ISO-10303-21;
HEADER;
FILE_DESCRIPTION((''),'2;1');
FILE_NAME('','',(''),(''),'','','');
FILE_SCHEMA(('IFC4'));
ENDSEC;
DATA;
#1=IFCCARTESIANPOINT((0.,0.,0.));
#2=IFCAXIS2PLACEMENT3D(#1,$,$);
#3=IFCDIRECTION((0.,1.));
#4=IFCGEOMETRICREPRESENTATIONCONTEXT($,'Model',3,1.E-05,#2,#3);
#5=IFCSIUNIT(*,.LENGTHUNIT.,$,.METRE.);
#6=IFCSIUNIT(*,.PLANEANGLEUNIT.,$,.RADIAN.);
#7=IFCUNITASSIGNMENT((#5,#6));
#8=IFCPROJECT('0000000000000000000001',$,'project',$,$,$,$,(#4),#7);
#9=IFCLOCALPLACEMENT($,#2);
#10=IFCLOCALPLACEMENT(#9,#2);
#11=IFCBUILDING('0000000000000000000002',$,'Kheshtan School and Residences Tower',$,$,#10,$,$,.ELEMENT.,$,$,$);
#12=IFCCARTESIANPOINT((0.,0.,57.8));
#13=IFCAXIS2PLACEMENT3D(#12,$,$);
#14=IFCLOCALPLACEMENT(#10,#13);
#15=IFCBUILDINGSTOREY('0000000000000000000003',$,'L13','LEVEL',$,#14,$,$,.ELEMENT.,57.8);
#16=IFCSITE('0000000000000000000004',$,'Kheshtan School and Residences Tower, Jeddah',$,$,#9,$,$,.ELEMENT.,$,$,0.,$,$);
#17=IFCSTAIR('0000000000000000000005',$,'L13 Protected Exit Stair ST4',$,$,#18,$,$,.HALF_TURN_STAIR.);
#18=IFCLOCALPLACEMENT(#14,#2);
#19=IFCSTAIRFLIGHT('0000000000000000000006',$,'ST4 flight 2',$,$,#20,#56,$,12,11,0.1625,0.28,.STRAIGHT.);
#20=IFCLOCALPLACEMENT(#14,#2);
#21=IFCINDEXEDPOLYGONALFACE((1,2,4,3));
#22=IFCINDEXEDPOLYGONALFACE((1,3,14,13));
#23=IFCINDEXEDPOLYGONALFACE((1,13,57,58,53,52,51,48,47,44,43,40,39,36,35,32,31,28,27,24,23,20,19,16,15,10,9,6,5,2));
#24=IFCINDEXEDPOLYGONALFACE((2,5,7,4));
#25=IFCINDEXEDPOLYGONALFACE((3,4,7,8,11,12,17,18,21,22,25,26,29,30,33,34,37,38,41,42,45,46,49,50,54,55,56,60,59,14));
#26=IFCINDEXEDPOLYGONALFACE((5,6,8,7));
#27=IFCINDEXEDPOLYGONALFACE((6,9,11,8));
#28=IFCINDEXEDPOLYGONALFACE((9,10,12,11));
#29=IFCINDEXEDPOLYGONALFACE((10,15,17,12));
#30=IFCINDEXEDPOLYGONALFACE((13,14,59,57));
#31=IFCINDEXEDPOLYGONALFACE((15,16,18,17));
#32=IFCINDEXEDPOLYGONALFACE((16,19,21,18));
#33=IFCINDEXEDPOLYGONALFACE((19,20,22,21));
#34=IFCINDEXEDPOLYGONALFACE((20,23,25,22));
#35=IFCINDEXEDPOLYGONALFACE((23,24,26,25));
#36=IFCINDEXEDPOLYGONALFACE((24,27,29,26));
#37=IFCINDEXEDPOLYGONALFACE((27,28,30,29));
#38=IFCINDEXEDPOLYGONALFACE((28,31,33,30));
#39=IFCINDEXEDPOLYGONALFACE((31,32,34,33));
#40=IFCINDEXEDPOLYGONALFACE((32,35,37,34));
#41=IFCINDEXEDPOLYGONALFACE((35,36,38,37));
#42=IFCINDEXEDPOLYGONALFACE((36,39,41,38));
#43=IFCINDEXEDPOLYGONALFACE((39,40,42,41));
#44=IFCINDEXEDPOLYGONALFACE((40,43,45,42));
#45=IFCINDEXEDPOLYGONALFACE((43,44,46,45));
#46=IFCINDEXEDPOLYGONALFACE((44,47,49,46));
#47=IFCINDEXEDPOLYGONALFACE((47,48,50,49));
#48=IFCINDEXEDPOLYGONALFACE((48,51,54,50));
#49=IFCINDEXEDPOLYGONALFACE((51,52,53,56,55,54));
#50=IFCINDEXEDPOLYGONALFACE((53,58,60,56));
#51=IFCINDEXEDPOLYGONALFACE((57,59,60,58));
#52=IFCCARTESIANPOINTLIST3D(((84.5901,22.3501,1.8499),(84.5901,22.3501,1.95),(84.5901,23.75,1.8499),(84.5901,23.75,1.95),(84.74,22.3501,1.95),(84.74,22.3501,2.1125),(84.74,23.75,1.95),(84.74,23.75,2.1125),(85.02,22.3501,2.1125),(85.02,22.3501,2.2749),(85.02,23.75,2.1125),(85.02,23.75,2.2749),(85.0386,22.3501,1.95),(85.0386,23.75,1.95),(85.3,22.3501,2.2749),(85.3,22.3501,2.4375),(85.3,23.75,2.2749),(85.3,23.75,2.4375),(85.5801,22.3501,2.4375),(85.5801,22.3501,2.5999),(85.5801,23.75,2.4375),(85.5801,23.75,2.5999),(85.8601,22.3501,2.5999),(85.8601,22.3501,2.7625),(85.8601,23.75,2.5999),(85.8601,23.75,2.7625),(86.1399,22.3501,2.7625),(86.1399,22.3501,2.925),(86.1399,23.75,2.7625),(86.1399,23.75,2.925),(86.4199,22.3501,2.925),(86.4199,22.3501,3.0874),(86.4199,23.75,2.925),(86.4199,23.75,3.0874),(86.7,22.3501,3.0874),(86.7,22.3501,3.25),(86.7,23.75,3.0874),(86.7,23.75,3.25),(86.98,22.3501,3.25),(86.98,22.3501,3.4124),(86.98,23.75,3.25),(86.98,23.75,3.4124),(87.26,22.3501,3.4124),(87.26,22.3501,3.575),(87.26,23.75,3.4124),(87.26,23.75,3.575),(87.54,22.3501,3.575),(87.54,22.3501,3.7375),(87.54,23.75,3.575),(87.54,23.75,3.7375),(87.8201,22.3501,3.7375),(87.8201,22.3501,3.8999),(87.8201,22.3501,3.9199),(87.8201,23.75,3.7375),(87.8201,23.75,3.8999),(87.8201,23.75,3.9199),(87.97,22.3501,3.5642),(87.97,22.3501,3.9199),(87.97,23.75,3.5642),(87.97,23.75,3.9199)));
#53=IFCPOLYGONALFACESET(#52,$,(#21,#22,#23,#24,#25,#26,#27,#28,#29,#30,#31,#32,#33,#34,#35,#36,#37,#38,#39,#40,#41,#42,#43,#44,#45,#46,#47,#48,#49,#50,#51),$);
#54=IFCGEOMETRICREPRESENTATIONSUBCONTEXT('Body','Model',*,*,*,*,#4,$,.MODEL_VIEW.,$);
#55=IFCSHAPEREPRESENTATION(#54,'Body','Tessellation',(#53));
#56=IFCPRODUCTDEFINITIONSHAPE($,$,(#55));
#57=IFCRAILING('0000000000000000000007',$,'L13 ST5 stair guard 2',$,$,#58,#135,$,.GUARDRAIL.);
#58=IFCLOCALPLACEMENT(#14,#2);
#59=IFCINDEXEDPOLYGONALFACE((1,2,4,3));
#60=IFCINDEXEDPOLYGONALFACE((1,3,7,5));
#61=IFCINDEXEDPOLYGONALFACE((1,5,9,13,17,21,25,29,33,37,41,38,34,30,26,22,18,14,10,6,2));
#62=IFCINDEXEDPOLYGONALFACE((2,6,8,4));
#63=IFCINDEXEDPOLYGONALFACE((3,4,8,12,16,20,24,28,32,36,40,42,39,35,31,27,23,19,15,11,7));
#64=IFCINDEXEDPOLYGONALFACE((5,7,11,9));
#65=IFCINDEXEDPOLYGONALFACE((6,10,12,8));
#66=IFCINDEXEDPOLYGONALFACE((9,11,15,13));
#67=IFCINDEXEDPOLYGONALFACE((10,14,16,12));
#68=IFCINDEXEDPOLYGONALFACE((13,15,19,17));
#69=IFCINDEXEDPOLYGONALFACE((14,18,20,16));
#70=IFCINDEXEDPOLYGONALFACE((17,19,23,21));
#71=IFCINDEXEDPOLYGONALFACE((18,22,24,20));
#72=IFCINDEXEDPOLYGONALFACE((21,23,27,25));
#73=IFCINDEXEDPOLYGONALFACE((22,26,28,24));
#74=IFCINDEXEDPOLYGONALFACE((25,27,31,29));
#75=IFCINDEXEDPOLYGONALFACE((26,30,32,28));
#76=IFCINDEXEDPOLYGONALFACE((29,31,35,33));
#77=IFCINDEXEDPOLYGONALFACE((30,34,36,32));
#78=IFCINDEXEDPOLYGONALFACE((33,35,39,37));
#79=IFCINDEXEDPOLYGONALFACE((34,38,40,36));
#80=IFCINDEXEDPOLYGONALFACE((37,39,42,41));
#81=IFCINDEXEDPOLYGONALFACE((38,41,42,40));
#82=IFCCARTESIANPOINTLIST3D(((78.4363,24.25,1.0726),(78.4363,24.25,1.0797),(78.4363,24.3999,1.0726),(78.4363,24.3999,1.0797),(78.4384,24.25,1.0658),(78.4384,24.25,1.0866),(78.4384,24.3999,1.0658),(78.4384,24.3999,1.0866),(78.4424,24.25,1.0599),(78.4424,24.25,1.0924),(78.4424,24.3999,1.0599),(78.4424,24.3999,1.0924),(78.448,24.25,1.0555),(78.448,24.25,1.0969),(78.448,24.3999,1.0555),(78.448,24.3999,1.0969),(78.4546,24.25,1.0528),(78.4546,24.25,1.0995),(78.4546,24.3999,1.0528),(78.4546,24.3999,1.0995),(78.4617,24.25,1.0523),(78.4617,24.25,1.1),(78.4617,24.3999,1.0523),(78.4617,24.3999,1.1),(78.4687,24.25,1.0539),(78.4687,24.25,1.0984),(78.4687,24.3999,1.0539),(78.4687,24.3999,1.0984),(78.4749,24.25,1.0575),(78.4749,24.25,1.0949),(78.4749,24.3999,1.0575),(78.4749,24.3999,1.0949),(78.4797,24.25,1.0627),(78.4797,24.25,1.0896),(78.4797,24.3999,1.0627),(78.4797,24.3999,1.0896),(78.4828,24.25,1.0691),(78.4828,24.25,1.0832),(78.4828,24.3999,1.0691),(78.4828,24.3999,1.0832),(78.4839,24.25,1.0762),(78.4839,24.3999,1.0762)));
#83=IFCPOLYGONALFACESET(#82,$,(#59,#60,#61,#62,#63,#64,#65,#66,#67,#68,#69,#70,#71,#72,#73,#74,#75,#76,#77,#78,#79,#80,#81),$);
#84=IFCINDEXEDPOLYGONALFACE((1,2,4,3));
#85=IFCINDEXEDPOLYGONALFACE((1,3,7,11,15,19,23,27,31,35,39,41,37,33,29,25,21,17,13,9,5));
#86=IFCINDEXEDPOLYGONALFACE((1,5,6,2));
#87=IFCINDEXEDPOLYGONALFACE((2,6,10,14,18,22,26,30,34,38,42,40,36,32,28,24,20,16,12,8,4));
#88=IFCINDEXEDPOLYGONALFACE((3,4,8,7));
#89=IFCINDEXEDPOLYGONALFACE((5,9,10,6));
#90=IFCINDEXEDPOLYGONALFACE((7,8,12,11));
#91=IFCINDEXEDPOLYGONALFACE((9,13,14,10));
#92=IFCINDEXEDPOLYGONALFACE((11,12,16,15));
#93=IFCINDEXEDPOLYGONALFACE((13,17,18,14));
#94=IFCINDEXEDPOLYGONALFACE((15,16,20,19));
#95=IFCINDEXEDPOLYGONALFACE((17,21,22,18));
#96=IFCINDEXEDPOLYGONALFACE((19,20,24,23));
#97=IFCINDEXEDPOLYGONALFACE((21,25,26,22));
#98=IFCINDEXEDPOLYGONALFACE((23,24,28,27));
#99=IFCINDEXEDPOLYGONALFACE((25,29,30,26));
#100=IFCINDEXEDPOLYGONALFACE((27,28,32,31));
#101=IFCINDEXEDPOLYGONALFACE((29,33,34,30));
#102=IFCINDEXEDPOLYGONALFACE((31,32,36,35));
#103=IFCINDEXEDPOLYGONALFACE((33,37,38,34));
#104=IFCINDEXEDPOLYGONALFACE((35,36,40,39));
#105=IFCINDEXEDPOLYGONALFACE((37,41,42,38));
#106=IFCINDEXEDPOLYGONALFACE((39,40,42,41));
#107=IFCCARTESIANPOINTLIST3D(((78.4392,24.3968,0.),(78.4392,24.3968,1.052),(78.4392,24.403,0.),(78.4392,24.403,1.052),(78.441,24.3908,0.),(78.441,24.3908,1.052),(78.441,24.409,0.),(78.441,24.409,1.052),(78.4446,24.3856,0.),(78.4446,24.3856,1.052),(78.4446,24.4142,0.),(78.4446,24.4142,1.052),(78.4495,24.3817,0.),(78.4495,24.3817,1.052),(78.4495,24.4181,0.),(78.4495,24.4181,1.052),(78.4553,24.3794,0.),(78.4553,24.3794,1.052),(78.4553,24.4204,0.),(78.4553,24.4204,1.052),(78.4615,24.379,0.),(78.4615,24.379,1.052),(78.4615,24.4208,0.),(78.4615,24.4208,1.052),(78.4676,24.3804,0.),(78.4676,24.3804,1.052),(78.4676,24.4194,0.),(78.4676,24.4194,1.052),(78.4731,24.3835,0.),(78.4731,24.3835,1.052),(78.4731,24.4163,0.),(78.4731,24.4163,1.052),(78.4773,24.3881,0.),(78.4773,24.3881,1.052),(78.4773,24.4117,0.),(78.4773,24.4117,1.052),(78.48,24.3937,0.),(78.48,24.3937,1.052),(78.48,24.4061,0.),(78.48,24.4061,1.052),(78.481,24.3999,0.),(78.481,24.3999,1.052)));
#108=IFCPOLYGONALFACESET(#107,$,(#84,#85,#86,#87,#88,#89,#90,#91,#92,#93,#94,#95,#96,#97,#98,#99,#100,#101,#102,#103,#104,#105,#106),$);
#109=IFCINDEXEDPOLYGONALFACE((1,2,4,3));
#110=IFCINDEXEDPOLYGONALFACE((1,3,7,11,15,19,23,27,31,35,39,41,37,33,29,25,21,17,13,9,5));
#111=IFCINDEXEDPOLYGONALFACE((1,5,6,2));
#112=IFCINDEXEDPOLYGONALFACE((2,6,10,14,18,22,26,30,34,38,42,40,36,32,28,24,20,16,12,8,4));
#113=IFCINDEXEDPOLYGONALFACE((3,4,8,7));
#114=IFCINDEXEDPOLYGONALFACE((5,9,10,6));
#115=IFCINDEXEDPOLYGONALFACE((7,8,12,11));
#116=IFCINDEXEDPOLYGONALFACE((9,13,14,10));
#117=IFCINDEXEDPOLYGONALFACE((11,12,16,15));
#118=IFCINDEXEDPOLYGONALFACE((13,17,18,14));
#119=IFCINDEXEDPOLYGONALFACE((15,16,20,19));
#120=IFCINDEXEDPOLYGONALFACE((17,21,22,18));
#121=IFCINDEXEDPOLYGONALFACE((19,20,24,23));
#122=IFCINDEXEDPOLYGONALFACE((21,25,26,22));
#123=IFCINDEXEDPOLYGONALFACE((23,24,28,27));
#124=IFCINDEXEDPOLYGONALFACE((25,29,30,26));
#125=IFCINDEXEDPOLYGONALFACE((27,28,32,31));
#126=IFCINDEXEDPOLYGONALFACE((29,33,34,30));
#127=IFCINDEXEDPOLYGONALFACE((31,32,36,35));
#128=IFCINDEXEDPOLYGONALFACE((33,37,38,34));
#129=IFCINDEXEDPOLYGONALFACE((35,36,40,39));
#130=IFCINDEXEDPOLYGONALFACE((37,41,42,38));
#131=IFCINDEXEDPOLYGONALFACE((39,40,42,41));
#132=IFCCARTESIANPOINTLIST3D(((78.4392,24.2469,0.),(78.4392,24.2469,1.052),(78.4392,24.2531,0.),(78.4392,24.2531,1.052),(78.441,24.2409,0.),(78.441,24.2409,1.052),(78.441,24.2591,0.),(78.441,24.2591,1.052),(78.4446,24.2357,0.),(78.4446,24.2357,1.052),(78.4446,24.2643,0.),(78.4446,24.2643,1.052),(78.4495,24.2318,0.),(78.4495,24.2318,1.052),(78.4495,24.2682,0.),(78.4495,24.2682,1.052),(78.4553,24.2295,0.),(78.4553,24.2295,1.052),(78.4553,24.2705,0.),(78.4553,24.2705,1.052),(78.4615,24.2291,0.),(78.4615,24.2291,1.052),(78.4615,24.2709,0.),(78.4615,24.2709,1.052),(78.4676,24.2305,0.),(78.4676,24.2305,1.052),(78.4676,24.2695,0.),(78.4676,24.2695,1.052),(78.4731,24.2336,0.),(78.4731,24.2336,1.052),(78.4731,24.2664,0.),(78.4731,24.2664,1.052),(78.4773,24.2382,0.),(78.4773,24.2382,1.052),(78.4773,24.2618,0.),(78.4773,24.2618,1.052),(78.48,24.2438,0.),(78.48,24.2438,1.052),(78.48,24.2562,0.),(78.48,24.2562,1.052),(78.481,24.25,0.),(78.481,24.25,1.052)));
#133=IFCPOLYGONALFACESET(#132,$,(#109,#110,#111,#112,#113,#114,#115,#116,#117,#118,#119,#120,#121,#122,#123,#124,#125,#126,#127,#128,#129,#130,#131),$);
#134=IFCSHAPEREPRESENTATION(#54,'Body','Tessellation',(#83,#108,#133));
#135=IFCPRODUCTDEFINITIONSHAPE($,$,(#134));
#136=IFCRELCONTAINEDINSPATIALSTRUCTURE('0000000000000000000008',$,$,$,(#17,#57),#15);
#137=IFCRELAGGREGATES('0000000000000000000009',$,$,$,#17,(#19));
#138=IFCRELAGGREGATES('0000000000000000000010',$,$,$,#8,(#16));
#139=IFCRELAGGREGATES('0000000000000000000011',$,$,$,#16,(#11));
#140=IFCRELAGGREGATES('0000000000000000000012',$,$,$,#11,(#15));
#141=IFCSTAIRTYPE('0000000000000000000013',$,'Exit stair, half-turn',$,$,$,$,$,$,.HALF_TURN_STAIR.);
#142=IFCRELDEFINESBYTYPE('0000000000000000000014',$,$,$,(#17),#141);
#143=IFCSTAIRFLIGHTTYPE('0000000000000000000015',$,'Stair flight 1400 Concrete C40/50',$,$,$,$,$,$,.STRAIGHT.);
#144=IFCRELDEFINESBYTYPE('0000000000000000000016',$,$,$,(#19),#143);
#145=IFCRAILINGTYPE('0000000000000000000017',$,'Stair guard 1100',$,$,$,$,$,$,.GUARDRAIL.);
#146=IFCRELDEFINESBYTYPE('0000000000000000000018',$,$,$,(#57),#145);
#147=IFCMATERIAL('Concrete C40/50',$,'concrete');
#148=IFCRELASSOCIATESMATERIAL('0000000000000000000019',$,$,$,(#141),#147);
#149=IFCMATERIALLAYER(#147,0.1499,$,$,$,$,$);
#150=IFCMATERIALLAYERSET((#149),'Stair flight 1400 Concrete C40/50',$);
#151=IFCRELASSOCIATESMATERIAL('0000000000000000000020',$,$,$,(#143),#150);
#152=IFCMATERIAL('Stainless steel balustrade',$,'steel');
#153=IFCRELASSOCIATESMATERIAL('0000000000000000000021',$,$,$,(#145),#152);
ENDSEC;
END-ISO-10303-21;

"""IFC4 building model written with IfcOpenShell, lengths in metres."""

from ifc_helpers import new_model, si_unit, direction, frame, origin, origin_2d, place, context, subcontext, project, spatial, polyline, circle, outline, extrude, material, layer, layer_set, type_object, element, aggregate, save


model = new_model("IFC4")

# Units and contexts
model_context = context("Model", 3, precision=1e-05, world=origin(), true_north=direction((0.0, 1.0)))
body_context = subcontext(model_context, "Body", "Model", "MODEL_VIEW")
ifc_project = project(units=[si_unit("LENGTHUNIT", "METRE"), si_unit("PLANEANGLEUNIT", "RADIAN")], contexts=[model_context])

# Site, building, storey
site_placement = place(None, origin())
site = spatial("IfcSite", under=ifc_project, at=site_placement, Name="Kheshtan School and Residences Tower, Jeddah", CompositionType="ELEMENT", RefElevation=0.0)
building_placement = place(site_placement, origin())
building = spatial("IfcBuilding", under=site, at=building_placement, Name="Kheshtan School and Residences Tower", CompositionType="ELEMENT")
storey_placement = place(building_placement, frame((0.0, 0.0, 57.8)))
storey = spatial("IfcBuildingStorey", under=building, at=storey_placement, Name="L13", Description="LEVEL", CompositionType="ELEMENT", Elevation=57.8)

# Shared definitions
ifc_material_1 = material(Name="Concrete C40/50", Category="concrete")

# Stair, stair flight
stair_type = type_object("IfcStairType", Name="Exit stair, half-turn", PredefinedType="HALF_TURN_STAIR", material=ifc_material_1)
stair_placement = place(storey_placement, origin())
stair = element("IfcStair", 1, at=stair_placement, inside=storey, type_object=stair_type, Name="L13 Protected Exit Stair ST4", PredefinedType="HALF_TURN_STAIR")
ifc_layer_1 = layer(ifc_material_1, 0.1499)
ifc_layer_set_1 = layer_set([ifc_layer_1], Name="Stair flight 1400 Concrete C40/50")
stair_flight_type = type_object("IfcStairFlightType", Name="Stair flight 1400 Concrete C40/50", PredefinedType="STRAIGHT", material=ifc_layer_set_1)
stair_flight_1_placement = place(storey_placement, frame((84.74, 23.05, 1.95), z_axis=(0.0, 0.0, 1.0), x_axis=(1.0, 0.0, 0.0)))
stair_flight_1 = element("IfcStairFlight", 2, at=stair_flight_1_placement, type_object=stair_flight_type, Name="ST4 flight 2", NumberOfRisers=12, NumberOfTreads=11, PredefinedType="STRAIGHT", RiserHeight=0.1625, TreadLength=0.28, context=body_context, shape_type="SweptSolid", body=[
    extrude(outline(polyline([(-0.1499, -0.1001), (-0.1499, 0.0), (0.0, 0.0), (0.0, 0.1626), (0.28, 0.1626), (0.28, 0.325), (0.5601, 0.325), (0.5601, 0.4875), (0.8401, 0.4875), (0.8401, 0.6499), (1.1201, 0.6499), (1.1201, 0.8125), (1.3999, 0.8125), (1.3999, 0.9751), (1.6799, 0.9751), (1.6799, 1.1375), (1.96, 1.1375), (1.96, 1.3), (2.24, 1.3), (2.24, 1.4624), (2.52, 1.4624), (2.52, 1.625), (2.8, 1.625), (2.8, 1.7876), (3.0801, 1.7876), (3.0801, 1.95), (3.0801, 1.97), (3.23, 1.97), (3.23, 1.6143), (0.2986, 0.0), (-0.1499, -0.1001)])), frame((0.0, 0.7, 0.0), z_axis=(0.0, -1.0, 0.0), x_axis=(1.0, 0.0, 0.0)), (0.0, 0.0, 1.0), 1.3999),
])
aggregate(stair, [stair_flight_1])

# Railing
ifc_material_2 = material(Name="Stainless steel balustrade", Category="steel")
railing_type_1 = type_object("IfcRailingType", Name="Stair guard 1100", PredefinedType="GUARDRAIL", material=ifc_material_2)
railing_1_placement = place(storey_placement, frame((78.46, 24.3999, 0.0)))
element("IfcRailing", 3, at=railing_1_placement, inside=storey, type_object=railing_type_1, Name="L13 ST5 stair guard 2", PredefinedType="GUARDRAIL", context=body_context, shape_type="SweptSolid", body=[
    extrude(circle(Radius=0.0239, at=origin_2d()), frame((0.0, 0.0, 1.0762), z_axis=(0.0, -1.0, 0.0), x_axis=(1.0, 0.0, 0.0)), (0.0, 0.0, 1.0), 0.1499),
    extrude(circle(Radius=0.021, at=origin_2d()), origin(), (0.0, 0.0, 1.0), 1.052),
    extrude(circle(Radius=0.021, at=origin_2d()), frame((0.0, -0.1499, 0.0)), (0.0, 0.0, 1.0), 1.052),
])

save(model, "model.ifc")
